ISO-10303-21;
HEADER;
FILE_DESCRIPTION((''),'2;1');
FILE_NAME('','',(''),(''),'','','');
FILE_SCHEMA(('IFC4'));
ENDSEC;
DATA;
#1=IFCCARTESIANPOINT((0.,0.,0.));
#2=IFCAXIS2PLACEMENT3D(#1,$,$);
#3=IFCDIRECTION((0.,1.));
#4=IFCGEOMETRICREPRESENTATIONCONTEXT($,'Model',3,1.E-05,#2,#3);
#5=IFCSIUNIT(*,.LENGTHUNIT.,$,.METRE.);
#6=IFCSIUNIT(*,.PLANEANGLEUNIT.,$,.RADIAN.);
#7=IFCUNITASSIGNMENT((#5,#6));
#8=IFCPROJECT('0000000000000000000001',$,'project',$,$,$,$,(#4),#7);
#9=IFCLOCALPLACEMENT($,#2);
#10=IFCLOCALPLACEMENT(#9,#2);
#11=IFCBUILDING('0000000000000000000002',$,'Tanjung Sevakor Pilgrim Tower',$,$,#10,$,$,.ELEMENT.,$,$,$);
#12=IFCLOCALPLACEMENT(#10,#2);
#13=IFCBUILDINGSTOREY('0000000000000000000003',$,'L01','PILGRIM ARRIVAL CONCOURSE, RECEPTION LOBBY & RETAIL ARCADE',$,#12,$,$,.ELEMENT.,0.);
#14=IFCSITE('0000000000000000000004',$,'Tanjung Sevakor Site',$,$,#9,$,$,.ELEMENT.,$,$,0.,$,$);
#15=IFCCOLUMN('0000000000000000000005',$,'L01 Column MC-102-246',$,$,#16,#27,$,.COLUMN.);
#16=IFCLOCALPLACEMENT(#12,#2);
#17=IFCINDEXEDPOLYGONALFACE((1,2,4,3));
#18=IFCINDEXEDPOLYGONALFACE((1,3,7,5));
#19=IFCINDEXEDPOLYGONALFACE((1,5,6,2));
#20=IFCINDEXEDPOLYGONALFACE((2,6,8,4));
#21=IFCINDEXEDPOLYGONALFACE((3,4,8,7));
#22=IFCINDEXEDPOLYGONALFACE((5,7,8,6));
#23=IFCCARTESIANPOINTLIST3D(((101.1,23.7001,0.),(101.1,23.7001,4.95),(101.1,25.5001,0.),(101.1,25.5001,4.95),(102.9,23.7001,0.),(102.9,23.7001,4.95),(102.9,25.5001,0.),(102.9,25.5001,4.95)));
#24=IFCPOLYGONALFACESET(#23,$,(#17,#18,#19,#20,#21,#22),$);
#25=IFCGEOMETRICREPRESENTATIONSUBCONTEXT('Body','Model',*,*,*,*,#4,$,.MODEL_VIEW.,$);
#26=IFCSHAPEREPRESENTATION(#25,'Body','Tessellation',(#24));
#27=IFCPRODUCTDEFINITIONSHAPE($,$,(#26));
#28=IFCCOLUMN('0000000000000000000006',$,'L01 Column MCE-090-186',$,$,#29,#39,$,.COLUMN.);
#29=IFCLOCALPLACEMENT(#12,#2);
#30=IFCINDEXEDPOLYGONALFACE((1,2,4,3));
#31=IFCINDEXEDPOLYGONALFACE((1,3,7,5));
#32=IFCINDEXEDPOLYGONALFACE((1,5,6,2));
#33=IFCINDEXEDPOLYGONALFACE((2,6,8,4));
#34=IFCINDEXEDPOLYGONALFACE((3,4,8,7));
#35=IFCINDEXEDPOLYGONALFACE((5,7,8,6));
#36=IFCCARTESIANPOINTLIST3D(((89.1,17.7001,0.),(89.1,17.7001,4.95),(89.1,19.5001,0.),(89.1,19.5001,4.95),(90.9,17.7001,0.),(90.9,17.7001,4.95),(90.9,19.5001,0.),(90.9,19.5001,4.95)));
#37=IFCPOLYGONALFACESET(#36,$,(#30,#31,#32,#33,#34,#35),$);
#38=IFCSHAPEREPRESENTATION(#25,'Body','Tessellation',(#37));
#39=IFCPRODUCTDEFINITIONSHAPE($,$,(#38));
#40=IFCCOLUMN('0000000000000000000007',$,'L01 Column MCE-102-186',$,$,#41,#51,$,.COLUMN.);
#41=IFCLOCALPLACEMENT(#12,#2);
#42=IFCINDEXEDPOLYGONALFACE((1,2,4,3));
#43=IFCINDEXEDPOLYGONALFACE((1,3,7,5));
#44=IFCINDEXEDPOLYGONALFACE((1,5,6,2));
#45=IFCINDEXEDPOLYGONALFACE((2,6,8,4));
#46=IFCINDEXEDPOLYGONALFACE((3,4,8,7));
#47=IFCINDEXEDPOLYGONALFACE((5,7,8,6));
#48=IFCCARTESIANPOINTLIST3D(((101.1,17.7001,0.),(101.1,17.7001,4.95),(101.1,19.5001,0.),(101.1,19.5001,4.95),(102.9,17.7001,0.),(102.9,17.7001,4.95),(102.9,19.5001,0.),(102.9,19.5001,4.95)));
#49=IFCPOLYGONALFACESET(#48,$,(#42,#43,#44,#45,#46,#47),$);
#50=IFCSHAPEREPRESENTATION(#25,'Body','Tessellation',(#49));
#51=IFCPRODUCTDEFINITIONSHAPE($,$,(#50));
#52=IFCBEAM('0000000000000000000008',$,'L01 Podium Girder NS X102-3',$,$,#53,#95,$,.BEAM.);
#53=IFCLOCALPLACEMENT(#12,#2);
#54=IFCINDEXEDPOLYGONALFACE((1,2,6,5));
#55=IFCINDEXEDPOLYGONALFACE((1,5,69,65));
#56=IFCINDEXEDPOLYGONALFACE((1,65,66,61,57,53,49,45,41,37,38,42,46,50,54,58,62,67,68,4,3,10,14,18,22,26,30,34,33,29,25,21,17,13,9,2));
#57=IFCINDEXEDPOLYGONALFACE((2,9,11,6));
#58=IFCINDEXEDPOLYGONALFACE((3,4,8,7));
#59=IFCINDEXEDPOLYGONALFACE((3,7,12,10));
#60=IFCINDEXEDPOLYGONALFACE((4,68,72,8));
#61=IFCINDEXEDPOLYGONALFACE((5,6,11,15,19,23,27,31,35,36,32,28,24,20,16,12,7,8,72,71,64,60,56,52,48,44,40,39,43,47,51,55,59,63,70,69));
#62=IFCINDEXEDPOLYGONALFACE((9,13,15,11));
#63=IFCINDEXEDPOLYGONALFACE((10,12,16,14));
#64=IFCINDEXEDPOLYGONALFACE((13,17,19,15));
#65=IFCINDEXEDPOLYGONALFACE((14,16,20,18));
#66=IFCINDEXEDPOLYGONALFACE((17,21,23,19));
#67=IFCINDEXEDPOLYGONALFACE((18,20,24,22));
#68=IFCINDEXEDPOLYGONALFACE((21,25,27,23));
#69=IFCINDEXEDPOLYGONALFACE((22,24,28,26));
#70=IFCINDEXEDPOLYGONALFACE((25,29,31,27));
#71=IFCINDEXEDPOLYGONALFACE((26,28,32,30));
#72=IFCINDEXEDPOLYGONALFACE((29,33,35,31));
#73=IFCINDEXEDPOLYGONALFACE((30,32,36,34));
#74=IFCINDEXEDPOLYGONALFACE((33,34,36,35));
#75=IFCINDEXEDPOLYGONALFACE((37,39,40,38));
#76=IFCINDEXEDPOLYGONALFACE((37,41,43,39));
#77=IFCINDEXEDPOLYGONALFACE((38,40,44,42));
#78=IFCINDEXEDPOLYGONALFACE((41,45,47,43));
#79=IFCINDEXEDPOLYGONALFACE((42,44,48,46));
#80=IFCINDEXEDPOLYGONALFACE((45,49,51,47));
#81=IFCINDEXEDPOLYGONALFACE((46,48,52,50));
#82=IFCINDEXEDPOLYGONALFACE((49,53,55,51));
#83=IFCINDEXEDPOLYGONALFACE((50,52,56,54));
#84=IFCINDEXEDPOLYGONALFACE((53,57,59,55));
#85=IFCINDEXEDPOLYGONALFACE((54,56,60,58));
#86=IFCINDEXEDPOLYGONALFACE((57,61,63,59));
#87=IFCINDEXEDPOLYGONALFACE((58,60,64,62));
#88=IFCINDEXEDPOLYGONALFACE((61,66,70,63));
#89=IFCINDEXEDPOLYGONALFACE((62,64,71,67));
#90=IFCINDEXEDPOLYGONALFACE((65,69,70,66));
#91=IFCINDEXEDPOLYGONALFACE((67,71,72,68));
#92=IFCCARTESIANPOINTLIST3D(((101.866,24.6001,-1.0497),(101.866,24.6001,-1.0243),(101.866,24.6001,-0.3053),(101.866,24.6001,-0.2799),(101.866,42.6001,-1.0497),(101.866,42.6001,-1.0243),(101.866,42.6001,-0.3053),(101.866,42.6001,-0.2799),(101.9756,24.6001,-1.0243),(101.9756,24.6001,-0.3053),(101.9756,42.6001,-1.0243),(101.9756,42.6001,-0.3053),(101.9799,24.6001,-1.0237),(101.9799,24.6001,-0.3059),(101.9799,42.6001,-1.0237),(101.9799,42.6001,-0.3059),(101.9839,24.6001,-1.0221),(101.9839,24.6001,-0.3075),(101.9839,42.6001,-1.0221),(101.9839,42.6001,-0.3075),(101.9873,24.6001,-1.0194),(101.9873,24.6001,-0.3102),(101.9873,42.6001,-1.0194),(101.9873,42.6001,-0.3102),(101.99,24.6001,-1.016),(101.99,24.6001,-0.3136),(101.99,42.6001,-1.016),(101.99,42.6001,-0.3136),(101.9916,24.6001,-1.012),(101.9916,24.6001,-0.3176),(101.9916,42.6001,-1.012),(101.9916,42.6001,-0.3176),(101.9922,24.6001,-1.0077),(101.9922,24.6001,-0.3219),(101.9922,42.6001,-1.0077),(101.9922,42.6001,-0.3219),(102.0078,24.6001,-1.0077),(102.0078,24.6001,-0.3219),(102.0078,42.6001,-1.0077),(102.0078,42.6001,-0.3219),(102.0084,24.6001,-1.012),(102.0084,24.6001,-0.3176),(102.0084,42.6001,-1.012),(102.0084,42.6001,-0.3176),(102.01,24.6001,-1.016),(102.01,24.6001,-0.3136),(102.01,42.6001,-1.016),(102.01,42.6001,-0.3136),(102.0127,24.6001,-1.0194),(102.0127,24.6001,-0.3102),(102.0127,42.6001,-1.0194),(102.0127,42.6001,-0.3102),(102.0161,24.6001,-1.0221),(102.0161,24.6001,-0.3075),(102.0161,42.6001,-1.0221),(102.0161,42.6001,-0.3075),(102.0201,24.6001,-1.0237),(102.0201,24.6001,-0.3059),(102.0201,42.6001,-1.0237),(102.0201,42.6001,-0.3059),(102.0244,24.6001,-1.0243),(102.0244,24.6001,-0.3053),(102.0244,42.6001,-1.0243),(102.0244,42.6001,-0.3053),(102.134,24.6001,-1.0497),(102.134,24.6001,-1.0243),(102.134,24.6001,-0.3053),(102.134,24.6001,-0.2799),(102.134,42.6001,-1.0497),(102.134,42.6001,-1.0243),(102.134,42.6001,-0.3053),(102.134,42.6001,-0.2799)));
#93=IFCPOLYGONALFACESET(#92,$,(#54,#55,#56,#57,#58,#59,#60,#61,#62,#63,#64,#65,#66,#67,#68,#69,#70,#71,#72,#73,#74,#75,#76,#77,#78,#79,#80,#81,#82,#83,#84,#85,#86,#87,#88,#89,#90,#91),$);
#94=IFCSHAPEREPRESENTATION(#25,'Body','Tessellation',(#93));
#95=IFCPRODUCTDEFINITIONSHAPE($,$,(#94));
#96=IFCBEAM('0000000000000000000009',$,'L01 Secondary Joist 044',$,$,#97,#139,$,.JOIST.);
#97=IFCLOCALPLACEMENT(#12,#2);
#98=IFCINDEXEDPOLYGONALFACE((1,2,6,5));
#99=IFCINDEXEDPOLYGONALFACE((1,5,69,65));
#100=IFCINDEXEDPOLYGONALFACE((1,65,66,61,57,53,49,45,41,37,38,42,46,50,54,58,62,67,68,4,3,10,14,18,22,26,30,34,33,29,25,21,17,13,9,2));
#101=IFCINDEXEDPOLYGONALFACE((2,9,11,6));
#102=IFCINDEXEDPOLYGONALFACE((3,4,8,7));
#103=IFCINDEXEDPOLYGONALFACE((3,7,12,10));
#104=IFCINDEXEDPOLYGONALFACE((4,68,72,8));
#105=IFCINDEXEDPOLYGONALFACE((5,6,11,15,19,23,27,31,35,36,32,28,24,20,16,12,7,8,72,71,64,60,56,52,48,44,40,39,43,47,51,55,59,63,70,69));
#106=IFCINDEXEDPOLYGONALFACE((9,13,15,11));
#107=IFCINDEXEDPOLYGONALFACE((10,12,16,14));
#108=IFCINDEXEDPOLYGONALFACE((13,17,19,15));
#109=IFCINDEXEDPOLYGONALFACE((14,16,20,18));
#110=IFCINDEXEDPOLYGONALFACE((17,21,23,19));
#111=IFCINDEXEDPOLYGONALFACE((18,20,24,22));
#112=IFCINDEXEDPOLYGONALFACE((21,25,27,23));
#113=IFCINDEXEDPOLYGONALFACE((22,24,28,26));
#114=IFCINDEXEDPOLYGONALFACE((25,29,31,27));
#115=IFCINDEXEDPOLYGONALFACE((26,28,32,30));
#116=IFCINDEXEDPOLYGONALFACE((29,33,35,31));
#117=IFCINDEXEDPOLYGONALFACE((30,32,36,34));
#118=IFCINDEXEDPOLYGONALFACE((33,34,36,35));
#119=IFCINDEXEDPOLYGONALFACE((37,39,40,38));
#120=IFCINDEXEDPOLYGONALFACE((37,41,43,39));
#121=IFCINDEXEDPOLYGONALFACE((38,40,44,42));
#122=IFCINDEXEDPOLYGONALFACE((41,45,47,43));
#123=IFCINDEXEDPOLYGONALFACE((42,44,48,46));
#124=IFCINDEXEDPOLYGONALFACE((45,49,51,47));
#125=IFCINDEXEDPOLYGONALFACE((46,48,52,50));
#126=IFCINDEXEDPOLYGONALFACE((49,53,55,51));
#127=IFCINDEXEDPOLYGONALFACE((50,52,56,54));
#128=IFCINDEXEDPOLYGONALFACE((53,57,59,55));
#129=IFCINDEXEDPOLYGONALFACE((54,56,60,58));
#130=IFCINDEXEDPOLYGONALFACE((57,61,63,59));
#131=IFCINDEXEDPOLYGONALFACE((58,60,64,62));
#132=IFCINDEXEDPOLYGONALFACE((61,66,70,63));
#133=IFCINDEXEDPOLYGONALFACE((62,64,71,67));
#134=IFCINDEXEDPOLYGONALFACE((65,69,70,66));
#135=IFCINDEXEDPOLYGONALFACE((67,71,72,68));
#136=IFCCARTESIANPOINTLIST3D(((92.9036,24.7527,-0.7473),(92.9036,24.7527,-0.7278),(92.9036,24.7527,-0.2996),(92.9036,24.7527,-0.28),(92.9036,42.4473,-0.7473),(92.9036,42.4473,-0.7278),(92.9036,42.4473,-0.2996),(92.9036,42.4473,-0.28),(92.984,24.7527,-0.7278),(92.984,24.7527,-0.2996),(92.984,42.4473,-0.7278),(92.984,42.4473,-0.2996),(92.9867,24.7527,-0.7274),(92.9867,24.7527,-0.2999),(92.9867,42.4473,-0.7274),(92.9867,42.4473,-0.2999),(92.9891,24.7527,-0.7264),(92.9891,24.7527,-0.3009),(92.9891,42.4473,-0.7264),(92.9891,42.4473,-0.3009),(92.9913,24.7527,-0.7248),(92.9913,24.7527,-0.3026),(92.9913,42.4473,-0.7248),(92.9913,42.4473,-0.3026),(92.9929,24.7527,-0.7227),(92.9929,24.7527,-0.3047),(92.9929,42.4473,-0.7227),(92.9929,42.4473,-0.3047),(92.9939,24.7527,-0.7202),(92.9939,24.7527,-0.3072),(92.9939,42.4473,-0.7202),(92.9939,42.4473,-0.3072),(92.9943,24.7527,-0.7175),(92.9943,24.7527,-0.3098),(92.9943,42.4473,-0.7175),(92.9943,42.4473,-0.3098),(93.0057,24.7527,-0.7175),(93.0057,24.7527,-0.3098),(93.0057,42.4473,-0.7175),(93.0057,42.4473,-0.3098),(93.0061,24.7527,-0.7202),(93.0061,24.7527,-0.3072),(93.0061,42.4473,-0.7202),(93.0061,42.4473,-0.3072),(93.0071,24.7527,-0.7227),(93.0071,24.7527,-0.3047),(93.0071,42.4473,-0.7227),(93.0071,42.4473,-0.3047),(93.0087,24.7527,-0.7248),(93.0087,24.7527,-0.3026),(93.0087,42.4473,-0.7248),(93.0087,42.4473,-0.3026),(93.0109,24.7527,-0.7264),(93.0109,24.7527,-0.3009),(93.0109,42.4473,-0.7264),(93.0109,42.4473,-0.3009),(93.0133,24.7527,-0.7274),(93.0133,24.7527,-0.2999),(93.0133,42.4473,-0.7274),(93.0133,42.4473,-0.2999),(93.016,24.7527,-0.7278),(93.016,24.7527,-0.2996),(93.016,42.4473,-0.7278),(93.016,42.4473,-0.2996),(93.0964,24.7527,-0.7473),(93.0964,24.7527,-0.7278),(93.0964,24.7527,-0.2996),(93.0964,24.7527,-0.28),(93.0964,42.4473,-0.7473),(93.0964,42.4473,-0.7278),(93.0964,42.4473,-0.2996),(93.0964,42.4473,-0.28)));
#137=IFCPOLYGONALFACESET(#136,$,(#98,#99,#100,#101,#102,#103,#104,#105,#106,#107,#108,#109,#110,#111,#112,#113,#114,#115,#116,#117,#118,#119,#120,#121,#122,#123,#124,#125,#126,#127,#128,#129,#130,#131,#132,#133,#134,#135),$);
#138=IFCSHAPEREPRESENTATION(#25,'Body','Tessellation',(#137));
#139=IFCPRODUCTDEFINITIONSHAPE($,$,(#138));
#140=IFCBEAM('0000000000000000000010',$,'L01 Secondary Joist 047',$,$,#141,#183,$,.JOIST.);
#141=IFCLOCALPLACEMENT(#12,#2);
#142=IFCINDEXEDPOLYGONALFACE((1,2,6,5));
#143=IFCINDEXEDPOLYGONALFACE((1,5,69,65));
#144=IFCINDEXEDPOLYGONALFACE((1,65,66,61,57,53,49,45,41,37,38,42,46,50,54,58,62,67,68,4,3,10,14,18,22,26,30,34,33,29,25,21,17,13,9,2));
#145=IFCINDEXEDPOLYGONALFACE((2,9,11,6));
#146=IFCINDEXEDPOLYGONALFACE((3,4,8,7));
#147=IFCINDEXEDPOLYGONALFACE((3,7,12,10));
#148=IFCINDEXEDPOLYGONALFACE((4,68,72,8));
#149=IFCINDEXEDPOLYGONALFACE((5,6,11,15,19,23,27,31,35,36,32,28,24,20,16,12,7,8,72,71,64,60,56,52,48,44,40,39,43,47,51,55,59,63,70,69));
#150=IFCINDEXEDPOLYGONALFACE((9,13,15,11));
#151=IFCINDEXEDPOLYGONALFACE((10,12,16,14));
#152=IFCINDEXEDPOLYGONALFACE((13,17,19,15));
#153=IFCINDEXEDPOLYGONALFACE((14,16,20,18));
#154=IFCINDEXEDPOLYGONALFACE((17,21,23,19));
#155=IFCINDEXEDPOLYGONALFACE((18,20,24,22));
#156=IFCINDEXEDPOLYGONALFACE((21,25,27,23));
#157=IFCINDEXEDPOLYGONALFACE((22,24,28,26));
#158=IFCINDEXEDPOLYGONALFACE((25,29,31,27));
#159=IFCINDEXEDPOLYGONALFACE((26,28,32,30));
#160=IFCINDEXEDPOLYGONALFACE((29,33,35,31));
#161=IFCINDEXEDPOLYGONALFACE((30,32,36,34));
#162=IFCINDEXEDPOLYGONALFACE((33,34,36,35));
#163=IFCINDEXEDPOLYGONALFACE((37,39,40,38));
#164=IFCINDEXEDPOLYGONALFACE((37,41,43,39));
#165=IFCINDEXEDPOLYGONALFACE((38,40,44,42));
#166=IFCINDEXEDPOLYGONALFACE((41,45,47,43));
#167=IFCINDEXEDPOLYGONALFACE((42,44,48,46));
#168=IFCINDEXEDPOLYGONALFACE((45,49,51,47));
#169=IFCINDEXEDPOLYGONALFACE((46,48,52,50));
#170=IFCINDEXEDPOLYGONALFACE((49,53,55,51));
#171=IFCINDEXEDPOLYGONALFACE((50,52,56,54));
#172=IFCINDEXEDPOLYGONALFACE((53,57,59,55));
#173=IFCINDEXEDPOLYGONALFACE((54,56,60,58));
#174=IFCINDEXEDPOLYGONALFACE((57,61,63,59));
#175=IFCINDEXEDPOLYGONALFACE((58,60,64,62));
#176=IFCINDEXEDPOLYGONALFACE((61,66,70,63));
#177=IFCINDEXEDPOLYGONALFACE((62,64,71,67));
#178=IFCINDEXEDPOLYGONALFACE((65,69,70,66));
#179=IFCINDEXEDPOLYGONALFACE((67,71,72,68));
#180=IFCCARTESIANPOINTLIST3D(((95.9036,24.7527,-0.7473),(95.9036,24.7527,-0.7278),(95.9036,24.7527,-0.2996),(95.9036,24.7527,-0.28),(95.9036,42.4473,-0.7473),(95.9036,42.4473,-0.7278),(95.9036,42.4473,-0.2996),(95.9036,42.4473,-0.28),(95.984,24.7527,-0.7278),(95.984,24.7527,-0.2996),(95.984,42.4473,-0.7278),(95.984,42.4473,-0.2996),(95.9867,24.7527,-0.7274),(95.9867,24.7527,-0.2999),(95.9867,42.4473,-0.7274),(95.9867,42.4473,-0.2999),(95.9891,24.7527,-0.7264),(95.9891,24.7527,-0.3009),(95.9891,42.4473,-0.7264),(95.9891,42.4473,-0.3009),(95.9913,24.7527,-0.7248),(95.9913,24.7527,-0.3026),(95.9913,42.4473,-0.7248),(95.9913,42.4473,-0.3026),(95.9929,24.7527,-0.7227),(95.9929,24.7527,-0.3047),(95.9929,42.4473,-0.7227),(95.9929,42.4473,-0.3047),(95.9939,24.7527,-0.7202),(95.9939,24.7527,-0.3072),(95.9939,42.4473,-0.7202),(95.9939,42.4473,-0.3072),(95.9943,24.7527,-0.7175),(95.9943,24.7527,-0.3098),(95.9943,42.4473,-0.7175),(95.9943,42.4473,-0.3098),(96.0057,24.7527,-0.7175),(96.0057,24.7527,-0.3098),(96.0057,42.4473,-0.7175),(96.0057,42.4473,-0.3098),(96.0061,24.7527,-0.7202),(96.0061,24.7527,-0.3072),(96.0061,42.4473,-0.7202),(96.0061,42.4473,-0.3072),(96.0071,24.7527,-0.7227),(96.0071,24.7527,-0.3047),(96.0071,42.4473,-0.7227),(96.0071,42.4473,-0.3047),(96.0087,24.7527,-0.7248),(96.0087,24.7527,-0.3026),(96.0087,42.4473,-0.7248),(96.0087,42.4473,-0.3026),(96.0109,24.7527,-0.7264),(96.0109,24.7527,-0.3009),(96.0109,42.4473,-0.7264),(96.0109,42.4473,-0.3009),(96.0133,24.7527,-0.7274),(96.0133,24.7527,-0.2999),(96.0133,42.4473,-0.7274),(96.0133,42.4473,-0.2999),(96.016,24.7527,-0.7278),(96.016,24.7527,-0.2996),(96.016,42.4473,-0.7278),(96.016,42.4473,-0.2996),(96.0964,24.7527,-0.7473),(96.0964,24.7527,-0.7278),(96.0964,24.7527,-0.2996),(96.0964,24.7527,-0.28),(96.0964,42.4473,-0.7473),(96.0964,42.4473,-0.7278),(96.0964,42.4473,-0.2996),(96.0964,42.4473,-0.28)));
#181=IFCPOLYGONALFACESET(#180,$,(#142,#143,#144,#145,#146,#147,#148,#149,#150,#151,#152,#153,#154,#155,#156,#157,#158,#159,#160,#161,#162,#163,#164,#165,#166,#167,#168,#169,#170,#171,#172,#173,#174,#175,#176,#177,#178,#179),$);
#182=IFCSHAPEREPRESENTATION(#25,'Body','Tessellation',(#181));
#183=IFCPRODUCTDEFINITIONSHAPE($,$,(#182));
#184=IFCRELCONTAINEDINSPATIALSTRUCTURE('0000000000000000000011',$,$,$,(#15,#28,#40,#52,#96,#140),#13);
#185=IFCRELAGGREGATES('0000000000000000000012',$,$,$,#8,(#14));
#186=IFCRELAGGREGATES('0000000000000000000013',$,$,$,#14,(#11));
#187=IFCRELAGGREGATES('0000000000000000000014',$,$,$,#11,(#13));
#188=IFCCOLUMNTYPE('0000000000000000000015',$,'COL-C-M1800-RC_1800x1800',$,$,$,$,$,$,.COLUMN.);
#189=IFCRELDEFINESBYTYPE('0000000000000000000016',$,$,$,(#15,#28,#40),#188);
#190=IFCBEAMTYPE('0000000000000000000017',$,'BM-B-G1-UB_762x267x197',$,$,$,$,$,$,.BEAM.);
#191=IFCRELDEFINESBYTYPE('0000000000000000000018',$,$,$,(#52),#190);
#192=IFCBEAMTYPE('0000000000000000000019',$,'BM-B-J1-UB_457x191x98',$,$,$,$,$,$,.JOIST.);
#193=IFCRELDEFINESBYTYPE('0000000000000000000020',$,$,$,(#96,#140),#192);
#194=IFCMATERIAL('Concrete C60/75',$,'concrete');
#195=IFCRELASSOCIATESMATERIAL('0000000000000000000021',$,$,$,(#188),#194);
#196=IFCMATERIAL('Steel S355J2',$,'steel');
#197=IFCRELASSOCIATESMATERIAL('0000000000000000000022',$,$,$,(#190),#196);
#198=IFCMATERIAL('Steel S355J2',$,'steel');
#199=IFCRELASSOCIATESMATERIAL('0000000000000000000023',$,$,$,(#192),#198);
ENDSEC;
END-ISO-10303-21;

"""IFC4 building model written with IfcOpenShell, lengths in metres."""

from ifc_helpers import new_model, si_unit, direction, frame, origin, origin_2d, place, context, subcontext, project, spatial, rectangle, i_section, extrude, material, material_profile, profile_set, type_object, element, save


model = new_model("IFC4")

# Units and contexts
model_context = context("Model", 3, precision=1e-05, world=origin(), true_north=direction((0.0, 1.0)))
body_context = subcontext(model_context, "Body", "Model", "MODEL_VIEW")
ifc_project = project(units=[si_unit("LENGTHUNIT", "METRE"), si_unit("PLANEANGLEUNIT", "RADIAN")], contexts=[model_context])

# Site, building, storey
site_placement = place(None, origin())
site = spatial("IfcSite", under=ifc_project, at=site_placement, Name="Tanjung Sevakor Site", CompositionType="ELEMENT", RefElevation=0.0)
building_placement = place(site_placement, origin())
building = spatial("IfcBuilding", under=site, at=building_placement, Name="Tanjung Sevakor Pilgrim Tower", CompositionType="ELEMENT")
storey_placement = place(building_placement, origin())
storey = spatial("IfcBuildingStorey", under=building, at=storey_placement, Name="L01", Description="PILGRIM ARRIVAL CONCOURSE, RECEPTION LOBBY & RETAIL ARCADE", CompositionType="ELEMENT", Elevation=0.0)

# Columns
ifc_material_1 = material(Name="Concrete C60/75", Category="concrete")
ifc_material_profile_1 = material_profile(ifc_material_1, rectangle(XDim=1.8, YDim=1.8, at=origin_2d()))
ifc_profile_set_1 = profile_set([ifc_material_profile_1], Name="Concrete C60/75")
column_type = type_object("IfcColumnType", Name="COL-C-M1800-RC_1800x1800", PredefinedType="COLUMN", material=ifc_profile_set_1)
for number, where, z_axis, x_axis, name in (
    (1, (102.0, 24.6001, 0.0), (0.0, 0.0, 1.0), (1.0, 0.0, 0.0), "L01 Column MC-102-246"),
    (2, (90.0, 18.6001, 0.0), (0.0, 0.0, 1.0), (1.0, 0.0, 0.0), "L01 Column MCE-090-186"),
    (3, (102.0, 18.6001, 0.0), (0.0, 0.0, 1.0), (1.0, 0.0, 0.0), "L01 Column MCE-102-186"),
):
    element("IfcColumn", number, at=place(storey_placement, frame(where, z_axis=z_axis, x_axis=x_axis)), inside=storey, type_object=column_type, Name=name, PredefinedType="COLUMN", context=body_context, shape_type="SweptSolid", body=[
        extrude(rectangle(XDim=1.8, YDim=1.8, at=origin_2d()), origin(), (0.0, 0.0, 1.0), 4.95),
    ])

# Beams
ifc_material_2 = material(Name="Steel S355J2", Category="steel")
ifc_material_profile_2 = material_profile(ifc_material_2, i_section(OverallWidth=0.2681, OverallDepth=0.7698, WebThickness=0.0156, FlangeThickness=0.0254, FilletRadius=0.0166, at=origin_2d()))
ifc_profile_set_2 = profile_set([ifc_material_profile_2], Name="Steel S355J2")
beam_type_1 = type_object("IfcBeamType", Name="BM-B-G1-UB_762x267x197", PredefinedType="BEAM", material=ifc_profile_set_2)
beam_1_placement = place(storey_placement, frame((102.0, 24.6001, -0.6648), z_axis=(0.0, 1.0, 0.0), x_axis=(-1.0, 0.0, 0.0)))
element("IfcBeam", 4, at=beam_1_placement, inside=storey, type_object=beam_type_1, Name="L01 Podium Girder NS X102-3", PredefinedType="BEAM", context=body_context, shape_type="SweptSolid", body=[
    extrude(i_section(OverallWidth=0.2681, OverallDepth=0.7698, WebThickness=0.0156, FlangeThickness=0.0254, FilletRadius=0.0166, at=origin_2d()), origin(), (0.0, 0.0, 1.0), 18.0),
])
ifc_material_3 = material(Name="Steel S355J2", Category="steel")
ifc_material_profile_3 = material_profile(ifc_material_3, i_section(OverallWidth=0.1929, OverallDepth=0.4673, WebThickness=0.0115, FlangeThickness=0.0195, FilletRadius=0.0103, at=origin_2d()))
ifc_profile_set_3 = profile_set([ifc_material_profile_3], Name="Steel S355J2")
beam_type_2 = type_object("IfcBeamType", Name="BM-B-J1-UB_457x191x98", PredefinedType="JOIST", material=ifc_profile_set_3)
for number, where, z_axis, x_axis, name in (
    (5, (93.0, 24.7527, -0.5137), (0.0, 1.0, 0.0), (-1.0, 0.0, 0.0), "L01 Secondary Joist 044"),
    (6, (96.0, 24.7527, -0.5137), (0.0, 1.0, 0.0), (-1.0, 0.0, 0.0), "L01 Secondary Joist 047"),
):
    element("IfcBeam", number, at=place(storey_placement, frame(where, z_axis=z_axis, x_axis=x_axis)), inside=storey, type_object=beam_type_2, Name=name, PredefinedType="JOIST", context=body_context, shape_type="SweptSolid", body=[
        extrude(i_section(OverallWidth=0.1929, OverallDepth=0.4673, WebThickness=0.0115, FlangeThickness=0.0195, FilletRadius=0.0103, at=origin_2d()), origin(), (0.0, 0.0, 1.0), 17.6946),
    ])

save(model, "model.ifc")
